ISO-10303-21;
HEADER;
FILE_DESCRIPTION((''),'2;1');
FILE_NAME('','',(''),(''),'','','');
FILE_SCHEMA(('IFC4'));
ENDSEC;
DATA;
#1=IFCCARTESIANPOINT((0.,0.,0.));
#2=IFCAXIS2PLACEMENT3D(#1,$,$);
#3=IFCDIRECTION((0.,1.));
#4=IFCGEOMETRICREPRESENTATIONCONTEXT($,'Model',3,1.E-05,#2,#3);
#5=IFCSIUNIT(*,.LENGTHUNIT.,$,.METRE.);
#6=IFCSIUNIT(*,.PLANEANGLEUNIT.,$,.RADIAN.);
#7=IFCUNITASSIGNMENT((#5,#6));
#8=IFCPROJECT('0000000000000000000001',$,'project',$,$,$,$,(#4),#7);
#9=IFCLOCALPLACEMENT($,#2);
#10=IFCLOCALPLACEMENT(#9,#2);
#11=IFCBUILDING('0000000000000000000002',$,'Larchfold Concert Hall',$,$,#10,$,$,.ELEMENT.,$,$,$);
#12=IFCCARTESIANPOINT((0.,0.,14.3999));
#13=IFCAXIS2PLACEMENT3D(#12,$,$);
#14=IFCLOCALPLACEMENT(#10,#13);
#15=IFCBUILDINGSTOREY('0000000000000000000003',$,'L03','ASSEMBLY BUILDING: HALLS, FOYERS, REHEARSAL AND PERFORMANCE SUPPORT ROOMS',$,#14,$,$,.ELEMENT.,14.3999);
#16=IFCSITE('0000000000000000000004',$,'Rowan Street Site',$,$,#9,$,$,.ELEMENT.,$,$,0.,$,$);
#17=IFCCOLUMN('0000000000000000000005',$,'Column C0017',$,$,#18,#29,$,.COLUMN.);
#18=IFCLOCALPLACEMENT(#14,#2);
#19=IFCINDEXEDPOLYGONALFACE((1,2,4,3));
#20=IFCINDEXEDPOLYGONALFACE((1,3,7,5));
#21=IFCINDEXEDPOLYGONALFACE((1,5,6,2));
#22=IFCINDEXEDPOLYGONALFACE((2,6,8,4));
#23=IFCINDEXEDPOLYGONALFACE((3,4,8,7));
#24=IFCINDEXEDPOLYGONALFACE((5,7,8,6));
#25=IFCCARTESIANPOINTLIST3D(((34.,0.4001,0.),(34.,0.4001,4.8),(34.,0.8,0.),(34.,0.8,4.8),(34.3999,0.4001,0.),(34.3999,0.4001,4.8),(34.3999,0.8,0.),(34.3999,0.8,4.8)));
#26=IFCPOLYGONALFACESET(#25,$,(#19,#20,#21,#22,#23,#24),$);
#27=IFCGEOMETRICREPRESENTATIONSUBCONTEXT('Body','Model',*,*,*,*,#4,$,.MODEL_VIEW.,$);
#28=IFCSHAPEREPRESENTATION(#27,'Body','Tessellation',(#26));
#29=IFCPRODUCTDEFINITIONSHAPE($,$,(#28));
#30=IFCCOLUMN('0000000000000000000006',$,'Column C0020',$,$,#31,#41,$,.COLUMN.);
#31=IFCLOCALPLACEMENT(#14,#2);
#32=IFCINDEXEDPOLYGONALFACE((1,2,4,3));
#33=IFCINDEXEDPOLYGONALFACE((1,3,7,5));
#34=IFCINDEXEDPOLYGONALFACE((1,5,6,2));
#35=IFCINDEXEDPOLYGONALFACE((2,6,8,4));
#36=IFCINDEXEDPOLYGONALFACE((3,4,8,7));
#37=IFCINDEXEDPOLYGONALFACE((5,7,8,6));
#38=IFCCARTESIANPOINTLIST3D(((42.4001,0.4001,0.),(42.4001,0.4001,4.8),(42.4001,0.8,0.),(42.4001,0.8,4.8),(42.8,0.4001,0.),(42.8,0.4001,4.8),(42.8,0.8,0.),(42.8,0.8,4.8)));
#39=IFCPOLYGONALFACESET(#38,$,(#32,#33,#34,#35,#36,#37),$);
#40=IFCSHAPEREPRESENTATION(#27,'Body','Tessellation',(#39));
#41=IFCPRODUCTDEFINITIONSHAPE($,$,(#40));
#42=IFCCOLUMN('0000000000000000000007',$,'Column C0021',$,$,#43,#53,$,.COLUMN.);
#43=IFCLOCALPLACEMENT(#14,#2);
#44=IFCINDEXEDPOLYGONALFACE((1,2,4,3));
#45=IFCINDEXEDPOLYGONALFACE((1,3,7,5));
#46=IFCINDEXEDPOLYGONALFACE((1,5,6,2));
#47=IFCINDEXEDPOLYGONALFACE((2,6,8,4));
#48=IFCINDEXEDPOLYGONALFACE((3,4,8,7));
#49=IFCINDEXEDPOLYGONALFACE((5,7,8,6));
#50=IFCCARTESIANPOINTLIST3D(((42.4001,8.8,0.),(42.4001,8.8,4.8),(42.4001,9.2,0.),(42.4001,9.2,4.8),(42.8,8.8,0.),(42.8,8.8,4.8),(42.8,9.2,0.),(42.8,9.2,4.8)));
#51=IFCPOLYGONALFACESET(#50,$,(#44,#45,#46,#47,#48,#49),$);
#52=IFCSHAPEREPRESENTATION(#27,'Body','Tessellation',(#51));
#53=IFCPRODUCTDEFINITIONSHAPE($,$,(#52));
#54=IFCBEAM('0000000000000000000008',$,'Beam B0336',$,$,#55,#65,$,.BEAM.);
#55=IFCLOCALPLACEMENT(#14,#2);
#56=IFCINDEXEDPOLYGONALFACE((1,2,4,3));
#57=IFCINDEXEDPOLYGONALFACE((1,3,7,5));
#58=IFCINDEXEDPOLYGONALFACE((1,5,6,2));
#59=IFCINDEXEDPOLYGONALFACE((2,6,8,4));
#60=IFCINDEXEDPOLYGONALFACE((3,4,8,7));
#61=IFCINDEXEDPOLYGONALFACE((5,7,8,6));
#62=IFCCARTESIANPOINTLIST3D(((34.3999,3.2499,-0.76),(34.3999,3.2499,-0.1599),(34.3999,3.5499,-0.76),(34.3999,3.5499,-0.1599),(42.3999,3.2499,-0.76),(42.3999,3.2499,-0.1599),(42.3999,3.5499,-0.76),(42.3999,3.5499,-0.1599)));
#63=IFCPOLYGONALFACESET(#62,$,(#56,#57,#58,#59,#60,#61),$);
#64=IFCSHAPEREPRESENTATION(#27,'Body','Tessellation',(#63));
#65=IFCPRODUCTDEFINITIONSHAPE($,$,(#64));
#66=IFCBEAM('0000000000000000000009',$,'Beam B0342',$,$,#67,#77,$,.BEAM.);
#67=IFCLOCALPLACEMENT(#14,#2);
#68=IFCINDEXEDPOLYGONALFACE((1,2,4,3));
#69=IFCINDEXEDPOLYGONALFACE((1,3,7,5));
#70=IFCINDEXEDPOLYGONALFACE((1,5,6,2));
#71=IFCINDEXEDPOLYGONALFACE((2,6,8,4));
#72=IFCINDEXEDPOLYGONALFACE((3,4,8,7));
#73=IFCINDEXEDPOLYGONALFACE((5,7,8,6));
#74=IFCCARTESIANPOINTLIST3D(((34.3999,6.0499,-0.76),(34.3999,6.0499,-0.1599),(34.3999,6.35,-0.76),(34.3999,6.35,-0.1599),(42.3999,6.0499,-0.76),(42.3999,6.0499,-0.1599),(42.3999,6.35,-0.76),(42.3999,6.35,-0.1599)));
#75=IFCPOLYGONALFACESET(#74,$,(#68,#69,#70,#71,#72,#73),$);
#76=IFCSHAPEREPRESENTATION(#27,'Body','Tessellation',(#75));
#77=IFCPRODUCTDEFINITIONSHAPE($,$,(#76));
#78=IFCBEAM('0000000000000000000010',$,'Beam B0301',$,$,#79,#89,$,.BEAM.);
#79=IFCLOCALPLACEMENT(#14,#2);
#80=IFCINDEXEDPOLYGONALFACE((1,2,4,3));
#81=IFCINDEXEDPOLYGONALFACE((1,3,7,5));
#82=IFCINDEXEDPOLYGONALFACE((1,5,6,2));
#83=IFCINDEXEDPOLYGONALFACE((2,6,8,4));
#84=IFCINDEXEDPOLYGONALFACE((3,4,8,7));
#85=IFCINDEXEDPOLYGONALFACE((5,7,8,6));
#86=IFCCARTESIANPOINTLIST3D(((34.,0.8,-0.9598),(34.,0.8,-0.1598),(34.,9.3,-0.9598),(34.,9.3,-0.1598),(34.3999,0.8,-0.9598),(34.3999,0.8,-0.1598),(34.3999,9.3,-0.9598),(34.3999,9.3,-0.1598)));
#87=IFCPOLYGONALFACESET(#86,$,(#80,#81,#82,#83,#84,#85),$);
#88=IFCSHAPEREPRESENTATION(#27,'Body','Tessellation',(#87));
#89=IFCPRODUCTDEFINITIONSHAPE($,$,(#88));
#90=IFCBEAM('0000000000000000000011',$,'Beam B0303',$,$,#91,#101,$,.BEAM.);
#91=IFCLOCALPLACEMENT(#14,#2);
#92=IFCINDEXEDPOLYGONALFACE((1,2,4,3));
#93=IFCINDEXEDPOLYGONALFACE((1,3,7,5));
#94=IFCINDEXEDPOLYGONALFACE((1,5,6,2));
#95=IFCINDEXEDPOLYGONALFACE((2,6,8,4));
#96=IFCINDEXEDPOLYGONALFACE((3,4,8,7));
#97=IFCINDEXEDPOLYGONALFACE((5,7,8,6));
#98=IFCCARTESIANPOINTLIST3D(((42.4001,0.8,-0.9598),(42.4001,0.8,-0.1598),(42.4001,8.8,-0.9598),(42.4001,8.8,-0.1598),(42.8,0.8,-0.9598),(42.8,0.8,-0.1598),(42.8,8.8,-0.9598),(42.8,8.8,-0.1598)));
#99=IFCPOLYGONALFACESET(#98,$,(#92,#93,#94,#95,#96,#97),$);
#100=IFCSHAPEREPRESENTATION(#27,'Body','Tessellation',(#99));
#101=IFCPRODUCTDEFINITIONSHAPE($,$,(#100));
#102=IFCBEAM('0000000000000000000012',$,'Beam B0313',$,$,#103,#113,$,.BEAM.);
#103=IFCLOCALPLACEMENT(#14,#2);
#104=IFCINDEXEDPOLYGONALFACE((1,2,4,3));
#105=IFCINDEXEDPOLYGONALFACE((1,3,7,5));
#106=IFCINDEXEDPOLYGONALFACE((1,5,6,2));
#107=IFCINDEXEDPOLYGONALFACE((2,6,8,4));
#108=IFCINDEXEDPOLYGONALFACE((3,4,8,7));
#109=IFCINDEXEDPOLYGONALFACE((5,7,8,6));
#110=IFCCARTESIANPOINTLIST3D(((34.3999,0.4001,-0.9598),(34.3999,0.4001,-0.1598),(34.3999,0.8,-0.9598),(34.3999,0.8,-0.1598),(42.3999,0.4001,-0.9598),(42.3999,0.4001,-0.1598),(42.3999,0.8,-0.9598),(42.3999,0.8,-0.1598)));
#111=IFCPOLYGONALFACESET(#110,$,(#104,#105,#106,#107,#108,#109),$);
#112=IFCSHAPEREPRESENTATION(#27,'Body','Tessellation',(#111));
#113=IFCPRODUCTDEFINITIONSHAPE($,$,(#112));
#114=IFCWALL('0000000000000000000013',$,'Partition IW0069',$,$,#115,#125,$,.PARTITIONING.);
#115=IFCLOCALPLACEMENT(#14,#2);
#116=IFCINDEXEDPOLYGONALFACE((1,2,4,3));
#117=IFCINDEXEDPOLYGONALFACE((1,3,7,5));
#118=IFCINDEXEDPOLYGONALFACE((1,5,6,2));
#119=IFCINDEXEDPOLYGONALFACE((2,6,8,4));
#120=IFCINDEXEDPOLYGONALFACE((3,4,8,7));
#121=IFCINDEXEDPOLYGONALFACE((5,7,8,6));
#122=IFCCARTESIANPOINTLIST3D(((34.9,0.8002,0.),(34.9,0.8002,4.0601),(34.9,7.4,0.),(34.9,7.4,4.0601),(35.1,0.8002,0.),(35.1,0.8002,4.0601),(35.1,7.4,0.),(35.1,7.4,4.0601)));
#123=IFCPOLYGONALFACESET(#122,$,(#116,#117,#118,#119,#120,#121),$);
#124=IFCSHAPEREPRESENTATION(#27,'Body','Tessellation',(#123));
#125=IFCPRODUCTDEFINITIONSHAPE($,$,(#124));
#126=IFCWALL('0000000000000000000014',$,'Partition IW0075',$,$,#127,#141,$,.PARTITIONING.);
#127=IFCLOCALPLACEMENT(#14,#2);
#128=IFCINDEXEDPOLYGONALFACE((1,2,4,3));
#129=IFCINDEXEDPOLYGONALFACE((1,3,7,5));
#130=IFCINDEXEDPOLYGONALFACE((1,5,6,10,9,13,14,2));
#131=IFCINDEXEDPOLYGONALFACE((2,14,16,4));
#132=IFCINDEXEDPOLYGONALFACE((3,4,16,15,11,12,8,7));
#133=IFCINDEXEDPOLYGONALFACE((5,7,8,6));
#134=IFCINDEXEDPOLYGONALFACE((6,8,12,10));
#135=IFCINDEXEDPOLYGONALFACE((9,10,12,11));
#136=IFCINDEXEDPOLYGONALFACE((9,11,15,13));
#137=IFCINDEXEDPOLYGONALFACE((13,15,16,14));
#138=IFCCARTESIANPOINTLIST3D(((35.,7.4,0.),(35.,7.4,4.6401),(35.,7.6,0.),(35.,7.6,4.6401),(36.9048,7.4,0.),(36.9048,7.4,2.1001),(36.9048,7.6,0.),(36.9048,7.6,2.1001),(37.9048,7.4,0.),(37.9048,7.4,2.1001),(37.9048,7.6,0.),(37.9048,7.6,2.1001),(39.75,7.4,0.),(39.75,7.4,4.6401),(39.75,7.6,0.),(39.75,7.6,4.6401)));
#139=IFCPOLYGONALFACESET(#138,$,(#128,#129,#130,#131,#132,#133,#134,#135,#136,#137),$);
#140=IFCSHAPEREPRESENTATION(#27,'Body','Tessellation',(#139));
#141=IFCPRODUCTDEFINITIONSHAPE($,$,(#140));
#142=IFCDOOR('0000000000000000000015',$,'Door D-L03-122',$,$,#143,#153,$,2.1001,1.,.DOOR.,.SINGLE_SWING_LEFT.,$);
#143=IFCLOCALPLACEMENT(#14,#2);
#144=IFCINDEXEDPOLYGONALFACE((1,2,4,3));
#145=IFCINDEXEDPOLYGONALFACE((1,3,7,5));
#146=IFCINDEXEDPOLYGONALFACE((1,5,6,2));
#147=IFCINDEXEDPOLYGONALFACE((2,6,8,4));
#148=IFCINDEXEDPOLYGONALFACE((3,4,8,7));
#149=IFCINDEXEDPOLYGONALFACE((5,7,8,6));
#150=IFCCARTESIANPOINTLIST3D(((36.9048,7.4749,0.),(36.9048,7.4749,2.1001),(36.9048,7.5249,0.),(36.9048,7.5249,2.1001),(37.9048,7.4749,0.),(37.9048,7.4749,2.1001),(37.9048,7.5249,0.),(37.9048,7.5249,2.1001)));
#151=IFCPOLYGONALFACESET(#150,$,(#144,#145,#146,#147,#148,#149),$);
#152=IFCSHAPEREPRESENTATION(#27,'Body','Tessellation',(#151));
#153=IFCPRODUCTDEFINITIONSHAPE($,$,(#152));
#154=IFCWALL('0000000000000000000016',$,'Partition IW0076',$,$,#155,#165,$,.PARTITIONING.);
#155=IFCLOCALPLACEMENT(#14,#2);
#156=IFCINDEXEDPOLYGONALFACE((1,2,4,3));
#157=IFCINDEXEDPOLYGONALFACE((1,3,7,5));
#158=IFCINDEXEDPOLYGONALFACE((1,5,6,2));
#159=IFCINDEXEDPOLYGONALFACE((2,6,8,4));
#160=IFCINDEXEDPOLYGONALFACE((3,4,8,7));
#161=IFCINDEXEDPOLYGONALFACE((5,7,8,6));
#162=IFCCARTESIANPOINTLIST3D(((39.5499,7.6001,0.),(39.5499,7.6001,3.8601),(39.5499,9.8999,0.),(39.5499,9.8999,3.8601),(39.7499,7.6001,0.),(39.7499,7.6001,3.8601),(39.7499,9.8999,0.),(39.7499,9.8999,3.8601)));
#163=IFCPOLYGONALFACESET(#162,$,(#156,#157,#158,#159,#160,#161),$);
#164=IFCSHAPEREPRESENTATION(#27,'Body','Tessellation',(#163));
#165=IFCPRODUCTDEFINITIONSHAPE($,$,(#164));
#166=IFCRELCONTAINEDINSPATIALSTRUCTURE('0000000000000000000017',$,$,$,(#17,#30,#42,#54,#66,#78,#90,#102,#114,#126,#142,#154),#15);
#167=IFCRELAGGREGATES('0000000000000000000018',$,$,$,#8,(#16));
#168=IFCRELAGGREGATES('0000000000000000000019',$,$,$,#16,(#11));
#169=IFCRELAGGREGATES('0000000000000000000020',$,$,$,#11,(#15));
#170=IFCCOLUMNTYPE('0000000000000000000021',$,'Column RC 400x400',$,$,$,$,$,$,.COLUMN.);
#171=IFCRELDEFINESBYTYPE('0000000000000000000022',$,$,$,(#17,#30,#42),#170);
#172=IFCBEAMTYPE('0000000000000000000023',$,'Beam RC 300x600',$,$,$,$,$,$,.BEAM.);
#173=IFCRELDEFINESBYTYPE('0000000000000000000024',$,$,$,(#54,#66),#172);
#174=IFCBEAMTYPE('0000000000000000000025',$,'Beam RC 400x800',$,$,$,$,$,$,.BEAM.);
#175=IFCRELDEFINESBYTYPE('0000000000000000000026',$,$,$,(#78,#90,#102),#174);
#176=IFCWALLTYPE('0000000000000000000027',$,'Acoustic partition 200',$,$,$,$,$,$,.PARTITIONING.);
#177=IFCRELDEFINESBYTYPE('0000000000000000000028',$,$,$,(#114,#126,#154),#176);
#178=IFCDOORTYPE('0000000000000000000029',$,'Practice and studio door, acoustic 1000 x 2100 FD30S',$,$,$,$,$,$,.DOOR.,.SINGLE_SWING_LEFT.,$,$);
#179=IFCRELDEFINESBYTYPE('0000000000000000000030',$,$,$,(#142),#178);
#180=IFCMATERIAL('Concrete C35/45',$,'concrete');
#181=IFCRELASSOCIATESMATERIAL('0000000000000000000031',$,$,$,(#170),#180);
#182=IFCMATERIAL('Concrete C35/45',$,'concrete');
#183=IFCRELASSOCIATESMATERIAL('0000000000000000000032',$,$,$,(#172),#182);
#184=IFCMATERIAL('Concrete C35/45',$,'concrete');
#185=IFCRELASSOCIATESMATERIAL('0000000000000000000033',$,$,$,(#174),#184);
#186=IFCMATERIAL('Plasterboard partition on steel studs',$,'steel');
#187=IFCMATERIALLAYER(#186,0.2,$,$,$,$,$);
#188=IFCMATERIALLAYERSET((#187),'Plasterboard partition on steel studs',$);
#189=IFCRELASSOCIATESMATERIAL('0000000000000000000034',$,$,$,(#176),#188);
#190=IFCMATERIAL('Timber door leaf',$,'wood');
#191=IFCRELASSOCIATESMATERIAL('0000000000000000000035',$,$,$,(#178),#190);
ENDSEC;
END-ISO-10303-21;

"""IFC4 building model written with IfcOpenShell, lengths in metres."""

from ifc_helpers import new_model, si_unit, direction, frame, frame_2d, origin, origin_2d, place, context, subcontext, project, spatial, rectangle, extrude, material, layer, layer_set, material_profile, profile_set, type_object, element, fill, save


model = new_model("IFC4")

# Units and contexts
model_context = context("Model", 3, precision=1e-05, world=origin(), true_north=direction((0.0, 1.0)))
body_context = subcontext(model_context, "Body", "Model", "MODEL_VIEW")
ifc_project = project(units=[si_unit("LENGTHUNIT", "METRE"), si_unit("PLANEANGLEUNIT", "RADIAN")], contexts=[model_context])

# Site, building, storey
site_placement = place(None, origin())
site = spatial("IfcSite", under=ifc_project, at=site_placement, Name="Rowan Street Site", CompositionType="ELEMENT", RefElevation=0.0)
building_placement = place(site_placement, origin())
building = spatial("IfcBuilding", under=site, at=building_placement, Name="Larchfold Concert Hall", CompositionType="ELEMENT")
storey_placement = place(building_placement, frame((0.0, 0.0, 14.3999)))
storey = spatial("IfcBuildingStorey", under=building, at=storey_placement, Name="L03", Description="ASSEMBLY BUILDING: HALLS, FOYERS, REHEARSAL AND PERFORMANCE SUPPORT ROOMS", CompositionType="ELEMENT", Elevation=14.3999)

# Columns
ifc_material_1 = material(Name="Concrete C35/45", Category="concrete")
ifc_material_profile_1 = material_profile(ifc_material_1, rectangle(XDim=0.3999, YDim=0.3999, at=origin_2d()))
ifc_profile_set_1 = profile_set([ifc_material_profile_1], Name="Concrete C35/45")
column_type = type_object("IfcColumnType", Name="Column RC 400x400", PredefinedType="COLUMN", material=ifc_profile_set_1)
for number, where, z_axis, x_axis, name in (
    (1, (34.2, 0.6001, 0.0), (0.0, 0.0, 1.0), (1.0, 0.0, 0.0), "Column C0017"),
    (2, (42.6001, 0.6001, 0.0), (0.0, 0.0, 1.0), (1.0, 0.0, 0.0), "Column C0020"),
    (3, (42.6001, 9.0, 0.0), (0.0, 0.0, 1.0), (1.0, 0.0, 0.0), "Column C0021"),
):
    element("IfcColumn", number, at=place(storey_placement, frame(where, z_axis=z_axis, x_axis=x_axis)), inside=storey, type_object=column_type, Name=name, PredefinedType="COLUMN", context=body_context, shape_type="SweptSolid", body=[
        extrude(rectangle(XDim=0.3999, YDim=0.3999, at=origin_2d()), origin(), (0.0, 0.0, 1.0), 4.8),
    ])

# Beams
ifc_material_2 = material(Name="Concrete C35/45", Category="concrete")
ifc_material_profile_2 = material_profile(ifc_material_2, rectangle(XDim=0.3, YDim=0.6001, at=origin_2d()))
ifc_profile_set_2 = profile_set([ifc_material_profile_2], Name="Concrete C35/45")
beam_type_1 = type_object("IfcBeamType", Name="Beam RC 300x600", PredefinedType="BEAM", material=ifc_profile_set_2)
for number, where, z_axis, x_axis, name in (
    (4, (34.3999, 3.3999, -0.46), (1.0, 0.0, 0.0), (0.0, 1.0, 0.0), "Beam B0336"),
    (5, (34.3999, 6.2, -0.46), (1.0, 0.0, 0.0), (0.0, 1.0, 0.0), "Beam B0342"),
):
    element("IfcBeam", number, at=place(storey_placement, frame(where, z_axis=z_axis, x_axis=x_axis)), inside=storey, type_object=beam_type_1, Name=name, PredefinedType="BEAM", context=body_context, shape_type="SweptSolid", body=[
        extrude(rectangle(XDim=0.3, YDim=0.6001, at=origin_2d()), origin(), (0.0, 0.0, 1.0), 8.0),
    ])
ifc_material_3 = material(Name="Concrete C35/45", Category="concrete")
ifc_material_profile_3 = material_profile(ifc_material_3, rectangle(XDim=0.3999, YDim=0.8, at=origin_2d()))
ifc_profile_set_3 = profile_set([ifc_material_profile_3], Name="Concrete C35/45")
beam_type_2 = type_object("IfcBeamType", Name="Beam RC 400x800", PredefinedType="BEAM", material=ifc_profile_set_3)
beam_placement = place(storey_placement, frame((34.2, 0.8, -0.5598), z_axis=(0.0, 1.0, 0.0), x_axis=(-1.0, 0.0, 0.0)))
element("IfcBeam", 6, at=beam_placement, inside=storey, type_object=beam_type_2, Name="Beam B0301", PredefinedType="BEAM", context=body_context, shape_type="SweptSolid", body=[
    extrude(rectangle(XDim=0.3999, YDim=0.8, at=origin_2d()), origin(), (0.0, 0.0, 1.0), 8.5),
])
for number, where, z_axis, x_axis, name in (
    (7, (42.6001, 0.8, -0.5598), (0.0, 1.0, 0.0), (-1.0, 0.0, 0.0), "Beam B0303"),
    (8, (34.3999, 0.6001, -0.5598), (1.0, 0.0, 0.0), (0.0, 1.0, 0.0), "Beam B0313"),
):
    element("IfcBeam", number, at=place(storey_placement, frame(where, z_axis=z_axis, x_axis=x_axis)), inside=storey, type_object=beam_type_2, Name=name, PredefinedType="BEAM", context=body_context, shape_type="SweptSolid", body=[
        extrude(rectangle(XDim=0.3999, YDim=0.8, at=origin_2d()), origin(), (0.0, 0.0, 1.0), 8.0),
    ])

# Wall
ifc_material_4 = material(Name="Plasterboard partition on steel studs", Category="steel")
ifc_layer_1 = layer(ifc_material_4, 0.2)
ifc_layer_set_1 = layer_set([ifc_layer_1], Name="Plasterboard partition on steel studs")
wall_type_1 = type_object("IfcWallType", Name="Acoustic partition 200", PredefinedType="PARTITIONING", material=ifc_layer_set_1)
wall_1_placement = place(storey_placement, frame((35.0, 7.3999, 0.0), z_axis=(0.0, 0.0, 1.0), x_axis=(0.0, -1.0, 0.0)))
element("IfcWall", 9, at=wall_1_placement, inside=storey, type_object=wall_type_1, Name="Partition IW0069", PredefinedType="PARTITIONING", context=body_context, shape_type="SweptSolid", body=[
    extrude(rectangle(XDim=6.5999, YDim=0.2, at=frame_2d((3.2998, 0.0))), origin(), (0.0, 0.0, 1.0), 4.0601),
])

# Wall, opening, door
wall_2_placement = place(storey_placement, frame((35.0, 7.5, 0.0), z_axis=(0.0, 0.0, 1.0), x_axis=(1.0, 0.0, 0.0)))
wall_2 = element("IfcWall", 10, at=wall_2_placement, inside=storey, type_object=wall_type_1, Name="Partition IW0075", PredefinedType="PARTITIONING", context=body_context, shape_type="SweptSolid", body=[
    extrude(rectangle(XDim=4.75, YDim=0.2, at=frame_2d((2.375, 0.0))), origin(), (0.0, 0.0, 1.0), 4.6401),
])
opening_1_placement = place(wall_2_placement, frame((1.9048, 0.0, 0.0)))
opening_1 = element("IfcOpeningElement", 11, at=opening_1_placement, cuts=wall_2, PredefinedType="OPENING", context=body_context, shape_type="SweptSolid", body=[
    extrude(rectangle(XDim=1.0, YDim=2.1001, at=frame_2d((0.5, 1.05))), frame((0.0, 0.1099, 0.0), z_axis=(0.0, -1.0, 0.0), x_axis=(1.0, 0.0, 0.0)), (0.0, 0.0, 1.0), 0.22),
])
ifc_material_5 = material(Name="Timber door leaf", Category="wood")
door_type = type_object("IfcDoorType", Name="Practice and studio door, acoustic 1000 x 2100 FD30S", OperationType="SINGLE_SWING_LEFT", PredefinedType="DOOR", material=ifc_material_5)
door_placement = place(opening_1_placement, origin())
door = element("IfcDoor", 12, at=door_placement, inside=storey, type_object=door_type, Name="Door D-L03-122", OperationType="SINGLE_SWING_LEFT", OverallHeight=2.1001, OverallWidth=1.0, PredefinedType="DOOR", context=body_context, shape_type="SweptSolid", body=[
    extrude(rectangle(XDim=1.0, YDim=2.1001, at=frame_2d((0.5, 1.05))), frame((0.0, 0.0249, 0.0), z_axis=(0.0, -1.0, 0.0), x_axis=(1.0, 0.0, 0.0)), (0.0, 0.0, 1.0), 0.05),
])
fill(opening_1, door)

# Wall
wall_3_placement = place(storey_placement, frame((39.6499, 7.6001, 0.0), z_axis=(0.0, 0.0, 1.0), x_axis=(0.0, 1.0, 0.0)))
element("IfcWall", 13, at=wall_3_placement, inside=storey, type_object=wall_type_1, Name="Partition IW0076", PredefinedType="PARTITIONING", context=body_context, shape_type="SweptSolid", body=[
    extrude(rectangle(XDim=2.2998, YDim=0.2, at=frame_2d((1.1499, 0.0))), origin(), (0.0, 0.0, 1.0), 3.8601),
])

save(model, "model.ifc")
